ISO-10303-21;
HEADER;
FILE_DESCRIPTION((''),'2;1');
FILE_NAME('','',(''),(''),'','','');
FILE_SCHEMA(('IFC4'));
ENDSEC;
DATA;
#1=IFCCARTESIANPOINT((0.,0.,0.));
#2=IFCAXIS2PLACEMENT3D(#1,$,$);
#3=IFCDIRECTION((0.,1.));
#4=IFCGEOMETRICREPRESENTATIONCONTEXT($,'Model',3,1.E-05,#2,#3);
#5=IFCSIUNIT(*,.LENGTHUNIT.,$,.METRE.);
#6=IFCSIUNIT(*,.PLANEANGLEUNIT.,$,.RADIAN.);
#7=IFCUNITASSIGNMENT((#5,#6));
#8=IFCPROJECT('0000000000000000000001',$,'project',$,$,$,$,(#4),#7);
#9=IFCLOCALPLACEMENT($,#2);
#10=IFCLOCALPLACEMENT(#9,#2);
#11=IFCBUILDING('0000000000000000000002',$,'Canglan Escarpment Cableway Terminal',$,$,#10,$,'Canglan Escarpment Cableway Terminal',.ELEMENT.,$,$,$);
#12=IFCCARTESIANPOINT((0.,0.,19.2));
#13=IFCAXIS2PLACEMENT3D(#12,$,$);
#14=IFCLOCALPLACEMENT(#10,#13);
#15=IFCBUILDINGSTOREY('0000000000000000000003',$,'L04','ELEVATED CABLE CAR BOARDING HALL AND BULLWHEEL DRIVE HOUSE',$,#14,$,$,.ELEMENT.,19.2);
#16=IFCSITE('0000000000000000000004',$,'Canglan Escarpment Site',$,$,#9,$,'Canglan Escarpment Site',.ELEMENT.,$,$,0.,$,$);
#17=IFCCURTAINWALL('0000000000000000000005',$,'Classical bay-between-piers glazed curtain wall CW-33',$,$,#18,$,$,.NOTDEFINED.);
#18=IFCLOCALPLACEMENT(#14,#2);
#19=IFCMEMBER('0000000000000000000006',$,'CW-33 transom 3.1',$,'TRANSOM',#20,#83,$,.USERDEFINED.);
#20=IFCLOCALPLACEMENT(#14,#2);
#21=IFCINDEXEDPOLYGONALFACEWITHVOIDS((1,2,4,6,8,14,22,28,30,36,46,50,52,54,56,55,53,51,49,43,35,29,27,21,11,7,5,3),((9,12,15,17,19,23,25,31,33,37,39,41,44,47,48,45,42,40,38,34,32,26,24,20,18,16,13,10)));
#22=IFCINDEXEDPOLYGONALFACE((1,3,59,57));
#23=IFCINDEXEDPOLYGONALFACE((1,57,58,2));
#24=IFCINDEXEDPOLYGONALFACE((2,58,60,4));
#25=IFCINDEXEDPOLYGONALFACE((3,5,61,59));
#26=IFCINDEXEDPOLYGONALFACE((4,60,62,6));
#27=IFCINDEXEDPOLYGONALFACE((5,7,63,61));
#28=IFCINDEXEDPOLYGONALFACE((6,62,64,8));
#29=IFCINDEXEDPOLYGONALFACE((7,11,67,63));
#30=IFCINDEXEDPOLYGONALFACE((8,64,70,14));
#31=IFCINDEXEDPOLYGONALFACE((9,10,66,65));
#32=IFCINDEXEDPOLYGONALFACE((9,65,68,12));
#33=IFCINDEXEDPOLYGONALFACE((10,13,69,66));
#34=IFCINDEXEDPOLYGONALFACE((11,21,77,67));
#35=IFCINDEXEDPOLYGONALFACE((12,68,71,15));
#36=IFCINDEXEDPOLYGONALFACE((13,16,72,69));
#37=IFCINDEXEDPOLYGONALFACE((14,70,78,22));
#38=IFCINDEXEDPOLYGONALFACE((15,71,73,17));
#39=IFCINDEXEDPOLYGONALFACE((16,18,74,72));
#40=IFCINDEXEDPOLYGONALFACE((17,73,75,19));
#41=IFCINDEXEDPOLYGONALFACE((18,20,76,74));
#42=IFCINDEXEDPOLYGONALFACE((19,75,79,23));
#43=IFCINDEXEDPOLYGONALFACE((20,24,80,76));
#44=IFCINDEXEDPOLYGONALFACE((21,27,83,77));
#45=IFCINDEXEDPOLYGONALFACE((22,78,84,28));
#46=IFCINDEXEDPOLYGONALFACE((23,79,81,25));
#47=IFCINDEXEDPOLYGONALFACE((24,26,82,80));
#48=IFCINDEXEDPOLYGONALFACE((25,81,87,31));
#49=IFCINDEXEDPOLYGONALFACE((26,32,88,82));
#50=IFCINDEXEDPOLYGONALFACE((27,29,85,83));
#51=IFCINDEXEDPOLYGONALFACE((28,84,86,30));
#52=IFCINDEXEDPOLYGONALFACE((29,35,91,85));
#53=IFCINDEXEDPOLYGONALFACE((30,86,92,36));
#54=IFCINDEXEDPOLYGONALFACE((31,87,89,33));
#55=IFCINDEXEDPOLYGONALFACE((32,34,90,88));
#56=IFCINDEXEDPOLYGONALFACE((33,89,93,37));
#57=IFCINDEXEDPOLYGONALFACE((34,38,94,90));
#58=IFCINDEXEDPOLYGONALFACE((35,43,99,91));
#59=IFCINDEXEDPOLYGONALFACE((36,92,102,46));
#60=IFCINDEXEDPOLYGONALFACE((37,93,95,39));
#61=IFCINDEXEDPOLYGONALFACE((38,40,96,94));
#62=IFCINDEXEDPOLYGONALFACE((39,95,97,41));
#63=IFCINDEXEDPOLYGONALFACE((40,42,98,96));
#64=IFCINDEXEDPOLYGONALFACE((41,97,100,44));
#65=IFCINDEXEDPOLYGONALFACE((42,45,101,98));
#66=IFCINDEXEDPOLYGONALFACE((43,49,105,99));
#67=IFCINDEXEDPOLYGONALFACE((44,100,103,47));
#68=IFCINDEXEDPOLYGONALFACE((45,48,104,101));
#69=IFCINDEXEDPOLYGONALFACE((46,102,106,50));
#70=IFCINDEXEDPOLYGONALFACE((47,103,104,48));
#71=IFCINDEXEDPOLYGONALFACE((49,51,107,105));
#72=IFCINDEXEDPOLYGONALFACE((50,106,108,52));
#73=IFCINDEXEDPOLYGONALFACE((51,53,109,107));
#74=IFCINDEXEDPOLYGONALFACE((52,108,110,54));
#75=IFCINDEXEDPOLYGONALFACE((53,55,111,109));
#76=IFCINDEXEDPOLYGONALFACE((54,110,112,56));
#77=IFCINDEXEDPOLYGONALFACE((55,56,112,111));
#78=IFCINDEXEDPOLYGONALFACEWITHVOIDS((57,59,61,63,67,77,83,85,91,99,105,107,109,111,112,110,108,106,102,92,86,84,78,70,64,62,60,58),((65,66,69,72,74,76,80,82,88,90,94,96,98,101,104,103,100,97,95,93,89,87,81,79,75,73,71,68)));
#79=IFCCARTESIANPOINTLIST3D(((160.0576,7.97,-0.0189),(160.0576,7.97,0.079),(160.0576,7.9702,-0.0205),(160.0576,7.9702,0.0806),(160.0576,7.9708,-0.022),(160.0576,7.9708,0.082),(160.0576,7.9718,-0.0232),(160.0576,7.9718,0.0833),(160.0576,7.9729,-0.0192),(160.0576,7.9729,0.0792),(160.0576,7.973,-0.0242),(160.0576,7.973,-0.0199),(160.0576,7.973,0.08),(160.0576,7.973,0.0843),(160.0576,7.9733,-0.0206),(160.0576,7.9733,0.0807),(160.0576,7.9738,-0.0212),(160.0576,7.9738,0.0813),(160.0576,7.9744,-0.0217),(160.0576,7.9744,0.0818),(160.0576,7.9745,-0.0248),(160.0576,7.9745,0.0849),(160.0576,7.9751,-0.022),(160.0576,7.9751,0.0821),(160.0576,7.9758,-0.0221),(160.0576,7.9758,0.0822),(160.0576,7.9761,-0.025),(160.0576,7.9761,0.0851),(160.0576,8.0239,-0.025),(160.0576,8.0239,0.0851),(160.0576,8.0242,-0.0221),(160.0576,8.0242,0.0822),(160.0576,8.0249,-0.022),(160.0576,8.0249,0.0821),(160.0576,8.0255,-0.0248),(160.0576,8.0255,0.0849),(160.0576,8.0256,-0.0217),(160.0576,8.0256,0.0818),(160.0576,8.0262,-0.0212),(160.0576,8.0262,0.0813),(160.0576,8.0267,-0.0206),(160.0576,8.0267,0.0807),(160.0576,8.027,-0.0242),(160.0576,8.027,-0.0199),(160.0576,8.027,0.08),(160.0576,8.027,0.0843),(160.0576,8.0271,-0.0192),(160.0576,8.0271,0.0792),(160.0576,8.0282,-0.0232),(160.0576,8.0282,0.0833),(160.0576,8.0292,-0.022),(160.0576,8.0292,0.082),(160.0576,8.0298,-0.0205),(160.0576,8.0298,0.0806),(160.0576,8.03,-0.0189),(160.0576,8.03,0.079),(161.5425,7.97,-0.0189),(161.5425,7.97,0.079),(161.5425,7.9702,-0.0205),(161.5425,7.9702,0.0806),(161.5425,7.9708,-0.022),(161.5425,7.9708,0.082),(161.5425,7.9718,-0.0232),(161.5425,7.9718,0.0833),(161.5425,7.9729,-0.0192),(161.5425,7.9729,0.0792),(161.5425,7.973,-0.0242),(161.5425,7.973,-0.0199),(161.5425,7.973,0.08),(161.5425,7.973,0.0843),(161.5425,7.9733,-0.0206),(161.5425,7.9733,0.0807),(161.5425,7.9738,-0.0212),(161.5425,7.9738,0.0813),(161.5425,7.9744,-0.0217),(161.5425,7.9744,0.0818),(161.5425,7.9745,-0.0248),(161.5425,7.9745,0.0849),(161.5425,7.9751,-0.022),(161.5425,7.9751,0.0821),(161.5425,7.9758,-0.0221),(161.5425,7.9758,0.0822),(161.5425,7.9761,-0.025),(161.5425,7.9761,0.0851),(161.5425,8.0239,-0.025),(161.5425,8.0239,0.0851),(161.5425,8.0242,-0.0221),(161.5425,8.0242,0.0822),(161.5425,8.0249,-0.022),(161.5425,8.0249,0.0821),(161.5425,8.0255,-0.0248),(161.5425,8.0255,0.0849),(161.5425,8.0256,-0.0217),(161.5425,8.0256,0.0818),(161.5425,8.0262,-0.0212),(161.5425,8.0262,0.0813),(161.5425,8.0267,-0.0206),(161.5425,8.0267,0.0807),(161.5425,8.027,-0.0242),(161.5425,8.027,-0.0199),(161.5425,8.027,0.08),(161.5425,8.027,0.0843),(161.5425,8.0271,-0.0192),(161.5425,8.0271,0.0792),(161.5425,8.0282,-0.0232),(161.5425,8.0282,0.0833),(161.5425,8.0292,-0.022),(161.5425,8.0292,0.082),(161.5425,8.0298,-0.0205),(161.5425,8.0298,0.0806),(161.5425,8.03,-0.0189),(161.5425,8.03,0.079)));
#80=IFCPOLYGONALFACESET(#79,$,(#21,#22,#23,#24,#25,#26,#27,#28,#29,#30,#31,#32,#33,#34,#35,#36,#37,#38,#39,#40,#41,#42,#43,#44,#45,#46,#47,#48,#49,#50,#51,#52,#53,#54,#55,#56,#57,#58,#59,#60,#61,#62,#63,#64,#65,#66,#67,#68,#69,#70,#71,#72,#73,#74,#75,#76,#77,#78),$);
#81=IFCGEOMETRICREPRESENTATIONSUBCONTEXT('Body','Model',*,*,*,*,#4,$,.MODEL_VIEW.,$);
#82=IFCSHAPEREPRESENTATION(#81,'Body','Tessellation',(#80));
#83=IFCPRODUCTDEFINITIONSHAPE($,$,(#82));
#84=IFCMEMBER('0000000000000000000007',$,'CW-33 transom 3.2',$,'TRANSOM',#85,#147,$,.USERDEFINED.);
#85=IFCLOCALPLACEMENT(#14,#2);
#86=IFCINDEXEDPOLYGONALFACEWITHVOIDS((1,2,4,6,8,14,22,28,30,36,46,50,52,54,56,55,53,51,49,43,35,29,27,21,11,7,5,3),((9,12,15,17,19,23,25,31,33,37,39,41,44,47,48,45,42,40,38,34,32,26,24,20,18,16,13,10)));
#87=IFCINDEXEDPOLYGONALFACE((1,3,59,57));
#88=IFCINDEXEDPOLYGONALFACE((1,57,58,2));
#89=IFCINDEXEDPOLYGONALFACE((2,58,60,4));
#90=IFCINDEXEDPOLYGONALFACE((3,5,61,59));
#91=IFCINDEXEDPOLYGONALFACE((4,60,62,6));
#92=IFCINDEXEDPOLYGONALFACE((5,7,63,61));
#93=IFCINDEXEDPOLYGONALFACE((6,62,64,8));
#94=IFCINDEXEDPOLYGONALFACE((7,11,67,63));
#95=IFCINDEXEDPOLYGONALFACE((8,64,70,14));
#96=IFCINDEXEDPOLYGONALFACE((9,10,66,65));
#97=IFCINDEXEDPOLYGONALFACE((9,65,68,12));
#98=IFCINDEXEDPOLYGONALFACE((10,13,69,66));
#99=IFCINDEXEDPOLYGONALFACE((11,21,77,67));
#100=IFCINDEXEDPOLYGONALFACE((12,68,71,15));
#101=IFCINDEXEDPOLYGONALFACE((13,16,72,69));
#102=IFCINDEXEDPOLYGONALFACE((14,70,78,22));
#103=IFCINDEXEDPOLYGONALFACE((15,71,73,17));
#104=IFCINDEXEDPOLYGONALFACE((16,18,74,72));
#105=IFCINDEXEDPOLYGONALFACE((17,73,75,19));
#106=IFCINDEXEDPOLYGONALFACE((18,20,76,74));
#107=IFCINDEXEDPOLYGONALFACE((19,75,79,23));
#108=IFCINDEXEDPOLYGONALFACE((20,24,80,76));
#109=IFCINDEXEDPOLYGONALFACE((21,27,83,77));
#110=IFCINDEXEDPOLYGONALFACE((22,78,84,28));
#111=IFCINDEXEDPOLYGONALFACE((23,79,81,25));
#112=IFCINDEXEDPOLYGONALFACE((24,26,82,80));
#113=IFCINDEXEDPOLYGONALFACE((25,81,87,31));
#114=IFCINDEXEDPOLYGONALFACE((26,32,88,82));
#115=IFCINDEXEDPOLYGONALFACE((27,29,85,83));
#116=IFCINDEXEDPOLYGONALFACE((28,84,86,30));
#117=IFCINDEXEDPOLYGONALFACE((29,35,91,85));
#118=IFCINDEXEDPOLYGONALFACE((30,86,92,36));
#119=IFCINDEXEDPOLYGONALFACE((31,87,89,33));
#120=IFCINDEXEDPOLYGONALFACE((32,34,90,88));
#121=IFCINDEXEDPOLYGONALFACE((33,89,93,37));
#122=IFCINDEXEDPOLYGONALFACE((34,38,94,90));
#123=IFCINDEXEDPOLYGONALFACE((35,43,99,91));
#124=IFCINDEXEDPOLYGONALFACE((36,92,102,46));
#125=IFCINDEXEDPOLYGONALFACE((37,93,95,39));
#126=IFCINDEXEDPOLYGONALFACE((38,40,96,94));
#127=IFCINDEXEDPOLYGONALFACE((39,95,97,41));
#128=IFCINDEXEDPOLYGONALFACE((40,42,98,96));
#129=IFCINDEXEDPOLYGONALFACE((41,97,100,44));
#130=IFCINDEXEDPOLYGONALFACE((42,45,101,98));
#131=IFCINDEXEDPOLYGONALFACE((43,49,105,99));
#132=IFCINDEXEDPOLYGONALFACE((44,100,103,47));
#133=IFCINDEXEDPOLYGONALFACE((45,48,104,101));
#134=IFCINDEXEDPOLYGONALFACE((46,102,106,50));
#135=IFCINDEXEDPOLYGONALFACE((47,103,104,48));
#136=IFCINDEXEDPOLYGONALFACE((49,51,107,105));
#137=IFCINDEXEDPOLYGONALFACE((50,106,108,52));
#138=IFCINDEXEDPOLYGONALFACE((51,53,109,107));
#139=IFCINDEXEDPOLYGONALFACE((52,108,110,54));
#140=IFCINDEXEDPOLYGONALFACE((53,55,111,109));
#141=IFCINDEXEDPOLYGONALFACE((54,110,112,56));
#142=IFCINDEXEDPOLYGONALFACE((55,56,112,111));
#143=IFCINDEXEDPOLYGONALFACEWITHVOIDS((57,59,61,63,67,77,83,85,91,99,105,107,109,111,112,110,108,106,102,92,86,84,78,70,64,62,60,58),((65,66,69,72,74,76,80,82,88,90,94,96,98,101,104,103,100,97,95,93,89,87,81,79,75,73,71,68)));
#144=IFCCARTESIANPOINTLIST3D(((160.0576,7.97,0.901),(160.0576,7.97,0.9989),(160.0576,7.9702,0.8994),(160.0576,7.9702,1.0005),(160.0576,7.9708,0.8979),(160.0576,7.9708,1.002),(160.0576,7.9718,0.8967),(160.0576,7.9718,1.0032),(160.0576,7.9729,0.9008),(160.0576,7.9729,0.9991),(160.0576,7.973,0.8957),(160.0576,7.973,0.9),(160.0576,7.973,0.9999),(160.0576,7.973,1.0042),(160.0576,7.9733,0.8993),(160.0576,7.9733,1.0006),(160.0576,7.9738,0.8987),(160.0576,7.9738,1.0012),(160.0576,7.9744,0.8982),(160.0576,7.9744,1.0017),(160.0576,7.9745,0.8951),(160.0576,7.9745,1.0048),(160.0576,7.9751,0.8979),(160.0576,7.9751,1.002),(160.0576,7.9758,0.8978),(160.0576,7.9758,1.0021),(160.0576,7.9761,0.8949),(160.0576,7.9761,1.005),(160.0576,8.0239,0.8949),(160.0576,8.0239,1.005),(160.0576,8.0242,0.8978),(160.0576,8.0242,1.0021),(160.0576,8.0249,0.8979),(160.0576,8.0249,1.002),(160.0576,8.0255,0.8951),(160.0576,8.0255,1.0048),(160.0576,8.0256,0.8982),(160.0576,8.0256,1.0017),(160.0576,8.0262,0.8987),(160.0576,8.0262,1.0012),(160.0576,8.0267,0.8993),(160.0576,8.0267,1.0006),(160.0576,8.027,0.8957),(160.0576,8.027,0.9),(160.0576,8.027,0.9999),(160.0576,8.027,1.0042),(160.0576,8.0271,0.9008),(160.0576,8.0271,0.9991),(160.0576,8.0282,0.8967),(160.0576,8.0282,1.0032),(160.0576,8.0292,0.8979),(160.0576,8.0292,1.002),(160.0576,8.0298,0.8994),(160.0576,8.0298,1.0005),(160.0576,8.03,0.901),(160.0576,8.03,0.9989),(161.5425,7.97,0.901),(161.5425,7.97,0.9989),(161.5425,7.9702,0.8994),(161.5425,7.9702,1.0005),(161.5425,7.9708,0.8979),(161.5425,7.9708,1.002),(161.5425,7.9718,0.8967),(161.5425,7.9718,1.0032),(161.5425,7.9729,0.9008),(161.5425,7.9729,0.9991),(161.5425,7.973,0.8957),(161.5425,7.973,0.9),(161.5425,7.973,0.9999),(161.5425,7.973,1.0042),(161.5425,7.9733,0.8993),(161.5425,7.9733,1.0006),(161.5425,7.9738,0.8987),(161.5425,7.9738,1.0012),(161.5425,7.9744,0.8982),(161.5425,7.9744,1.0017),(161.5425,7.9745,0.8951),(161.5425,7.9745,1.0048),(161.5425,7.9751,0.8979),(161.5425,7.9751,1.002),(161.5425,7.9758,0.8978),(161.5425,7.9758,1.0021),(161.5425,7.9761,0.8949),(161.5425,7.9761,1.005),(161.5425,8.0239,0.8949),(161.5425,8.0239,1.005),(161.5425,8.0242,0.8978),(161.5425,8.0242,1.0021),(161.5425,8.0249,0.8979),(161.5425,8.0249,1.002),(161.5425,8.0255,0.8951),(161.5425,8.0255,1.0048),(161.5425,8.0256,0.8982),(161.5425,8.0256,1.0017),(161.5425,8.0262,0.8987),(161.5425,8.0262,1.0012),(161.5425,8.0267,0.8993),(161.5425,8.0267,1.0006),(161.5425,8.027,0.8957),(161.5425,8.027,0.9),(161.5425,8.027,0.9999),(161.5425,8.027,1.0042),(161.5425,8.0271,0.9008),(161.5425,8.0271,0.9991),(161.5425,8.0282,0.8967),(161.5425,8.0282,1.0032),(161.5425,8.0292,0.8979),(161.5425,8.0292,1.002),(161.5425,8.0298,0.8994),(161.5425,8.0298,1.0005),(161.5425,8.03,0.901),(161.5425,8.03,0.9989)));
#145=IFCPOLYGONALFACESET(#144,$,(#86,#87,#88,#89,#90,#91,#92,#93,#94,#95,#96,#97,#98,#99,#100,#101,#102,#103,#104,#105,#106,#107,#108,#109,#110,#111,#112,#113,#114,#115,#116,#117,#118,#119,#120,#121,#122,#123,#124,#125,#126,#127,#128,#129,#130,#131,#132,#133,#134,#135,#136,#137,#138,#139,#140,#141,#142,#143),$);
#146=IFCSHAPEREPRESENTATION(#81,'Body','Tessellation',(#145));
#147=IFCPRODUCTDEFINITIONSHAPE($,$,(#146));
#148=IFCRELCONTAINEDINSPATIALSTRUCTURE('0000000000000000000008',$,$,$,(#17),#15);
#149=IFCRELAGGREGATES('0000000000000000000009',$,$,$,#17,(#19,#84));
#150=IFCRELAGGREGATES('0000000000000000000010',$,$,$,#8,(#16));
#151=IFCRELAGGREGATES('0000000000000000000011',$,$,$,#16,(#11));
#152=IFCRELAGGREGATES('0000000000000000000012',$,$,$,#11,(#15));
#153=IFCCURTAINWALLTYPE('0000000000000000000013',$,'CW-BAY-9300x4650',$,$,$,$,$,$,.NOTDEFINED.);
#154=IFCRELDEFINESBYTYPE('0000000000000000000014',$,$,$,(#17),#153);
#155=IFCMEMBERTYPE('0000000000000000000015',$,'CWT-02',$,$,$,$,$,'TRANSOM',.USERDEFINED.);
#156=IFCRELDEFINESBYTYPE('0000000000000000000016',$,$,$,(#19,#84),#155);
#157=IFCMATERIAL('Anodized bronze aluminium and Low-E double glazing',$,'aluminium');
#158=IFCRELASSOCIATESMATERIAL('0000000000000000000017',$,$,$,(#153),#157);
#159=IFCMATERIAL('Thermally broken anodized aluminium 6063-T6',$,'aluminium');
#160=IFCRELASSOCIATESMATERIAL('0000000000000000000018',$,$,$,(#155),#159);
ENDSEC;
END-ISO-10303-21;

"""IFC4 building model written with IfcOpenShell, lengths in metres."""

from ifc_helpers import new_model, si_unit, direction, frame, origin, origin_2d, place, context, subcontext, project, spatial, hollow_rectangle, extrude, material, material_profile, profile_set, type_object, element, aggregate, save


model = new_model("IFC4")

# Units and contexts
model_context = context("Model", 3, precision=1e-05, world=origin(), true_north=direction((0.0, 1.0)))
body_context = subcontext(model_context, "Body", "Model", "MODEL_VIEW")
ifc_project = project(units=[si_unit("LENGTHUNIT", "METRE"), si_unit("PLANEANGLEUNIT", "RADIAN")], contexts=[model_context])

# Site, building, storey
site_placement = place(None, origin())
site = spatial("IfcSite", under=ifc_project, at=site_placement, Name="Canglan Escarpment Site", LongName="Canglan Escarpment Site", CompositionType="ELEMENT", RefElevation=0.0)
building_placement = place(site_placement, origin())
building = spatial("IfcBuilding", under=site, at=building_placement, Name="Canglan Escarpment Cableway Terminal", LongName="Canglan Escarpment Cableway Terminal", CompositionType="ELEMENT")
storey_placement = place(building_placement, frame((0.0, 0.0, 19.2)))
storey = spatial("IfcBuildingStorey", under=building, at=storey_placement, Name="L04", Description="ELEVATED CABLE CAR BOARDING HALL AND BULLWHEEL DRIVE HOUSE", CompositionType="ELEMENT", Elevation=19.2)

# Curtain wall, members
ifc_material_1 = material(Name="Anodized bronze aluminium and Low-E double glazing", Category="aluminium")
curtain_wall_type = type_object("IfcCurtainWallType", Name="CW-BAY-9300x4650", PredefinedType="NOTDEFINED", material=ifc_material_1)
curtain_wall_placement = place(storey_placement, origin())
curtain_wall = element("IfcCurtainWall", 1, at=curtain_wall_placement, inside=storey, type_object=curtain_wall_type, Name="Classical bay-between-piers glazed curtain wall CW-33", PredefinedType="NOTDEFINED")
ifc_material_2 = material(Name="Thermally broken anodized aluminium 6063-T6", Category="aluminium")
ifc_material_profile_1 = material_profile(ifc_material_2, hollow_rectangle(XDim=0.0601, YDim=0.1101, WallThickness=0.0029, InnerFilletRadius=0.0029, OuterFilletRadius=0.0061, at=origin_2d()), Name="ALU-TRAN 60x110x3")
ifc_profile_set_1 = profile_set([ifc_material_profile_1], Name="Thermally broken anodized aluminium 6063-T6")
member_type_1 = type_object("IfcMemberType", Name="CWT-02", ElementType="TRANSOM", PredefinedType="USERDEFINED", material=ifc_profile_set_1)
member_1_placement = place(storey_placement, frame((160.0576, 8.0, 0.03), z_axis=(1.0, 0.0, 0.0), x_axis=(0.0, 1.0, 0.0)))
member_1 = element("IfcMember", 2, at=member_1_placement, type_object=member_type_1, Name="CW-33 transom 3.1", ObjectType="TRANSOM", PredefinedType="USERDEFINED", context=body_context, shape_type="SweptSolid", body=[
    extrude(hollow_rectangle(XDim=0.0601, YDim=0.1101, WallThickness=0.0029, InnerFilletRadius=0.0029, OuterFilletRadius=0.0061, at=origin_2d()), origin(), (0.0, 0.0, 1.0), 1.4849),
])
member_2_placement = place(storey_placement, frame((160.0576, 8.0, 0.95), z_axis=(1.0, 0.0, 0.0), x_axis=(0.0, 1.0, 0.0)))
member_2 = element("IfcMember", 3, at=member_2_placement, type_object=member_type_1, Name="CW-33 transom 3.2", ObjectType="TRANSOM", PredefinedType="USERDEFINED", context=body_context, shape_type="SweptSolid", body=[
    extrude(hollow_rectangle(XDim=0.0601, YDim=0.1101, WallThickness=0.0029, InnerFilletRadius=0.0029, OuterFilletRadius=0.0061, at=origin_2d()), origin(), (0.0, 0.0, 1.0), 1.4849),
])
aggregate(curtain_wall, [member_1, member_2])

save(model, "model.ifc")
